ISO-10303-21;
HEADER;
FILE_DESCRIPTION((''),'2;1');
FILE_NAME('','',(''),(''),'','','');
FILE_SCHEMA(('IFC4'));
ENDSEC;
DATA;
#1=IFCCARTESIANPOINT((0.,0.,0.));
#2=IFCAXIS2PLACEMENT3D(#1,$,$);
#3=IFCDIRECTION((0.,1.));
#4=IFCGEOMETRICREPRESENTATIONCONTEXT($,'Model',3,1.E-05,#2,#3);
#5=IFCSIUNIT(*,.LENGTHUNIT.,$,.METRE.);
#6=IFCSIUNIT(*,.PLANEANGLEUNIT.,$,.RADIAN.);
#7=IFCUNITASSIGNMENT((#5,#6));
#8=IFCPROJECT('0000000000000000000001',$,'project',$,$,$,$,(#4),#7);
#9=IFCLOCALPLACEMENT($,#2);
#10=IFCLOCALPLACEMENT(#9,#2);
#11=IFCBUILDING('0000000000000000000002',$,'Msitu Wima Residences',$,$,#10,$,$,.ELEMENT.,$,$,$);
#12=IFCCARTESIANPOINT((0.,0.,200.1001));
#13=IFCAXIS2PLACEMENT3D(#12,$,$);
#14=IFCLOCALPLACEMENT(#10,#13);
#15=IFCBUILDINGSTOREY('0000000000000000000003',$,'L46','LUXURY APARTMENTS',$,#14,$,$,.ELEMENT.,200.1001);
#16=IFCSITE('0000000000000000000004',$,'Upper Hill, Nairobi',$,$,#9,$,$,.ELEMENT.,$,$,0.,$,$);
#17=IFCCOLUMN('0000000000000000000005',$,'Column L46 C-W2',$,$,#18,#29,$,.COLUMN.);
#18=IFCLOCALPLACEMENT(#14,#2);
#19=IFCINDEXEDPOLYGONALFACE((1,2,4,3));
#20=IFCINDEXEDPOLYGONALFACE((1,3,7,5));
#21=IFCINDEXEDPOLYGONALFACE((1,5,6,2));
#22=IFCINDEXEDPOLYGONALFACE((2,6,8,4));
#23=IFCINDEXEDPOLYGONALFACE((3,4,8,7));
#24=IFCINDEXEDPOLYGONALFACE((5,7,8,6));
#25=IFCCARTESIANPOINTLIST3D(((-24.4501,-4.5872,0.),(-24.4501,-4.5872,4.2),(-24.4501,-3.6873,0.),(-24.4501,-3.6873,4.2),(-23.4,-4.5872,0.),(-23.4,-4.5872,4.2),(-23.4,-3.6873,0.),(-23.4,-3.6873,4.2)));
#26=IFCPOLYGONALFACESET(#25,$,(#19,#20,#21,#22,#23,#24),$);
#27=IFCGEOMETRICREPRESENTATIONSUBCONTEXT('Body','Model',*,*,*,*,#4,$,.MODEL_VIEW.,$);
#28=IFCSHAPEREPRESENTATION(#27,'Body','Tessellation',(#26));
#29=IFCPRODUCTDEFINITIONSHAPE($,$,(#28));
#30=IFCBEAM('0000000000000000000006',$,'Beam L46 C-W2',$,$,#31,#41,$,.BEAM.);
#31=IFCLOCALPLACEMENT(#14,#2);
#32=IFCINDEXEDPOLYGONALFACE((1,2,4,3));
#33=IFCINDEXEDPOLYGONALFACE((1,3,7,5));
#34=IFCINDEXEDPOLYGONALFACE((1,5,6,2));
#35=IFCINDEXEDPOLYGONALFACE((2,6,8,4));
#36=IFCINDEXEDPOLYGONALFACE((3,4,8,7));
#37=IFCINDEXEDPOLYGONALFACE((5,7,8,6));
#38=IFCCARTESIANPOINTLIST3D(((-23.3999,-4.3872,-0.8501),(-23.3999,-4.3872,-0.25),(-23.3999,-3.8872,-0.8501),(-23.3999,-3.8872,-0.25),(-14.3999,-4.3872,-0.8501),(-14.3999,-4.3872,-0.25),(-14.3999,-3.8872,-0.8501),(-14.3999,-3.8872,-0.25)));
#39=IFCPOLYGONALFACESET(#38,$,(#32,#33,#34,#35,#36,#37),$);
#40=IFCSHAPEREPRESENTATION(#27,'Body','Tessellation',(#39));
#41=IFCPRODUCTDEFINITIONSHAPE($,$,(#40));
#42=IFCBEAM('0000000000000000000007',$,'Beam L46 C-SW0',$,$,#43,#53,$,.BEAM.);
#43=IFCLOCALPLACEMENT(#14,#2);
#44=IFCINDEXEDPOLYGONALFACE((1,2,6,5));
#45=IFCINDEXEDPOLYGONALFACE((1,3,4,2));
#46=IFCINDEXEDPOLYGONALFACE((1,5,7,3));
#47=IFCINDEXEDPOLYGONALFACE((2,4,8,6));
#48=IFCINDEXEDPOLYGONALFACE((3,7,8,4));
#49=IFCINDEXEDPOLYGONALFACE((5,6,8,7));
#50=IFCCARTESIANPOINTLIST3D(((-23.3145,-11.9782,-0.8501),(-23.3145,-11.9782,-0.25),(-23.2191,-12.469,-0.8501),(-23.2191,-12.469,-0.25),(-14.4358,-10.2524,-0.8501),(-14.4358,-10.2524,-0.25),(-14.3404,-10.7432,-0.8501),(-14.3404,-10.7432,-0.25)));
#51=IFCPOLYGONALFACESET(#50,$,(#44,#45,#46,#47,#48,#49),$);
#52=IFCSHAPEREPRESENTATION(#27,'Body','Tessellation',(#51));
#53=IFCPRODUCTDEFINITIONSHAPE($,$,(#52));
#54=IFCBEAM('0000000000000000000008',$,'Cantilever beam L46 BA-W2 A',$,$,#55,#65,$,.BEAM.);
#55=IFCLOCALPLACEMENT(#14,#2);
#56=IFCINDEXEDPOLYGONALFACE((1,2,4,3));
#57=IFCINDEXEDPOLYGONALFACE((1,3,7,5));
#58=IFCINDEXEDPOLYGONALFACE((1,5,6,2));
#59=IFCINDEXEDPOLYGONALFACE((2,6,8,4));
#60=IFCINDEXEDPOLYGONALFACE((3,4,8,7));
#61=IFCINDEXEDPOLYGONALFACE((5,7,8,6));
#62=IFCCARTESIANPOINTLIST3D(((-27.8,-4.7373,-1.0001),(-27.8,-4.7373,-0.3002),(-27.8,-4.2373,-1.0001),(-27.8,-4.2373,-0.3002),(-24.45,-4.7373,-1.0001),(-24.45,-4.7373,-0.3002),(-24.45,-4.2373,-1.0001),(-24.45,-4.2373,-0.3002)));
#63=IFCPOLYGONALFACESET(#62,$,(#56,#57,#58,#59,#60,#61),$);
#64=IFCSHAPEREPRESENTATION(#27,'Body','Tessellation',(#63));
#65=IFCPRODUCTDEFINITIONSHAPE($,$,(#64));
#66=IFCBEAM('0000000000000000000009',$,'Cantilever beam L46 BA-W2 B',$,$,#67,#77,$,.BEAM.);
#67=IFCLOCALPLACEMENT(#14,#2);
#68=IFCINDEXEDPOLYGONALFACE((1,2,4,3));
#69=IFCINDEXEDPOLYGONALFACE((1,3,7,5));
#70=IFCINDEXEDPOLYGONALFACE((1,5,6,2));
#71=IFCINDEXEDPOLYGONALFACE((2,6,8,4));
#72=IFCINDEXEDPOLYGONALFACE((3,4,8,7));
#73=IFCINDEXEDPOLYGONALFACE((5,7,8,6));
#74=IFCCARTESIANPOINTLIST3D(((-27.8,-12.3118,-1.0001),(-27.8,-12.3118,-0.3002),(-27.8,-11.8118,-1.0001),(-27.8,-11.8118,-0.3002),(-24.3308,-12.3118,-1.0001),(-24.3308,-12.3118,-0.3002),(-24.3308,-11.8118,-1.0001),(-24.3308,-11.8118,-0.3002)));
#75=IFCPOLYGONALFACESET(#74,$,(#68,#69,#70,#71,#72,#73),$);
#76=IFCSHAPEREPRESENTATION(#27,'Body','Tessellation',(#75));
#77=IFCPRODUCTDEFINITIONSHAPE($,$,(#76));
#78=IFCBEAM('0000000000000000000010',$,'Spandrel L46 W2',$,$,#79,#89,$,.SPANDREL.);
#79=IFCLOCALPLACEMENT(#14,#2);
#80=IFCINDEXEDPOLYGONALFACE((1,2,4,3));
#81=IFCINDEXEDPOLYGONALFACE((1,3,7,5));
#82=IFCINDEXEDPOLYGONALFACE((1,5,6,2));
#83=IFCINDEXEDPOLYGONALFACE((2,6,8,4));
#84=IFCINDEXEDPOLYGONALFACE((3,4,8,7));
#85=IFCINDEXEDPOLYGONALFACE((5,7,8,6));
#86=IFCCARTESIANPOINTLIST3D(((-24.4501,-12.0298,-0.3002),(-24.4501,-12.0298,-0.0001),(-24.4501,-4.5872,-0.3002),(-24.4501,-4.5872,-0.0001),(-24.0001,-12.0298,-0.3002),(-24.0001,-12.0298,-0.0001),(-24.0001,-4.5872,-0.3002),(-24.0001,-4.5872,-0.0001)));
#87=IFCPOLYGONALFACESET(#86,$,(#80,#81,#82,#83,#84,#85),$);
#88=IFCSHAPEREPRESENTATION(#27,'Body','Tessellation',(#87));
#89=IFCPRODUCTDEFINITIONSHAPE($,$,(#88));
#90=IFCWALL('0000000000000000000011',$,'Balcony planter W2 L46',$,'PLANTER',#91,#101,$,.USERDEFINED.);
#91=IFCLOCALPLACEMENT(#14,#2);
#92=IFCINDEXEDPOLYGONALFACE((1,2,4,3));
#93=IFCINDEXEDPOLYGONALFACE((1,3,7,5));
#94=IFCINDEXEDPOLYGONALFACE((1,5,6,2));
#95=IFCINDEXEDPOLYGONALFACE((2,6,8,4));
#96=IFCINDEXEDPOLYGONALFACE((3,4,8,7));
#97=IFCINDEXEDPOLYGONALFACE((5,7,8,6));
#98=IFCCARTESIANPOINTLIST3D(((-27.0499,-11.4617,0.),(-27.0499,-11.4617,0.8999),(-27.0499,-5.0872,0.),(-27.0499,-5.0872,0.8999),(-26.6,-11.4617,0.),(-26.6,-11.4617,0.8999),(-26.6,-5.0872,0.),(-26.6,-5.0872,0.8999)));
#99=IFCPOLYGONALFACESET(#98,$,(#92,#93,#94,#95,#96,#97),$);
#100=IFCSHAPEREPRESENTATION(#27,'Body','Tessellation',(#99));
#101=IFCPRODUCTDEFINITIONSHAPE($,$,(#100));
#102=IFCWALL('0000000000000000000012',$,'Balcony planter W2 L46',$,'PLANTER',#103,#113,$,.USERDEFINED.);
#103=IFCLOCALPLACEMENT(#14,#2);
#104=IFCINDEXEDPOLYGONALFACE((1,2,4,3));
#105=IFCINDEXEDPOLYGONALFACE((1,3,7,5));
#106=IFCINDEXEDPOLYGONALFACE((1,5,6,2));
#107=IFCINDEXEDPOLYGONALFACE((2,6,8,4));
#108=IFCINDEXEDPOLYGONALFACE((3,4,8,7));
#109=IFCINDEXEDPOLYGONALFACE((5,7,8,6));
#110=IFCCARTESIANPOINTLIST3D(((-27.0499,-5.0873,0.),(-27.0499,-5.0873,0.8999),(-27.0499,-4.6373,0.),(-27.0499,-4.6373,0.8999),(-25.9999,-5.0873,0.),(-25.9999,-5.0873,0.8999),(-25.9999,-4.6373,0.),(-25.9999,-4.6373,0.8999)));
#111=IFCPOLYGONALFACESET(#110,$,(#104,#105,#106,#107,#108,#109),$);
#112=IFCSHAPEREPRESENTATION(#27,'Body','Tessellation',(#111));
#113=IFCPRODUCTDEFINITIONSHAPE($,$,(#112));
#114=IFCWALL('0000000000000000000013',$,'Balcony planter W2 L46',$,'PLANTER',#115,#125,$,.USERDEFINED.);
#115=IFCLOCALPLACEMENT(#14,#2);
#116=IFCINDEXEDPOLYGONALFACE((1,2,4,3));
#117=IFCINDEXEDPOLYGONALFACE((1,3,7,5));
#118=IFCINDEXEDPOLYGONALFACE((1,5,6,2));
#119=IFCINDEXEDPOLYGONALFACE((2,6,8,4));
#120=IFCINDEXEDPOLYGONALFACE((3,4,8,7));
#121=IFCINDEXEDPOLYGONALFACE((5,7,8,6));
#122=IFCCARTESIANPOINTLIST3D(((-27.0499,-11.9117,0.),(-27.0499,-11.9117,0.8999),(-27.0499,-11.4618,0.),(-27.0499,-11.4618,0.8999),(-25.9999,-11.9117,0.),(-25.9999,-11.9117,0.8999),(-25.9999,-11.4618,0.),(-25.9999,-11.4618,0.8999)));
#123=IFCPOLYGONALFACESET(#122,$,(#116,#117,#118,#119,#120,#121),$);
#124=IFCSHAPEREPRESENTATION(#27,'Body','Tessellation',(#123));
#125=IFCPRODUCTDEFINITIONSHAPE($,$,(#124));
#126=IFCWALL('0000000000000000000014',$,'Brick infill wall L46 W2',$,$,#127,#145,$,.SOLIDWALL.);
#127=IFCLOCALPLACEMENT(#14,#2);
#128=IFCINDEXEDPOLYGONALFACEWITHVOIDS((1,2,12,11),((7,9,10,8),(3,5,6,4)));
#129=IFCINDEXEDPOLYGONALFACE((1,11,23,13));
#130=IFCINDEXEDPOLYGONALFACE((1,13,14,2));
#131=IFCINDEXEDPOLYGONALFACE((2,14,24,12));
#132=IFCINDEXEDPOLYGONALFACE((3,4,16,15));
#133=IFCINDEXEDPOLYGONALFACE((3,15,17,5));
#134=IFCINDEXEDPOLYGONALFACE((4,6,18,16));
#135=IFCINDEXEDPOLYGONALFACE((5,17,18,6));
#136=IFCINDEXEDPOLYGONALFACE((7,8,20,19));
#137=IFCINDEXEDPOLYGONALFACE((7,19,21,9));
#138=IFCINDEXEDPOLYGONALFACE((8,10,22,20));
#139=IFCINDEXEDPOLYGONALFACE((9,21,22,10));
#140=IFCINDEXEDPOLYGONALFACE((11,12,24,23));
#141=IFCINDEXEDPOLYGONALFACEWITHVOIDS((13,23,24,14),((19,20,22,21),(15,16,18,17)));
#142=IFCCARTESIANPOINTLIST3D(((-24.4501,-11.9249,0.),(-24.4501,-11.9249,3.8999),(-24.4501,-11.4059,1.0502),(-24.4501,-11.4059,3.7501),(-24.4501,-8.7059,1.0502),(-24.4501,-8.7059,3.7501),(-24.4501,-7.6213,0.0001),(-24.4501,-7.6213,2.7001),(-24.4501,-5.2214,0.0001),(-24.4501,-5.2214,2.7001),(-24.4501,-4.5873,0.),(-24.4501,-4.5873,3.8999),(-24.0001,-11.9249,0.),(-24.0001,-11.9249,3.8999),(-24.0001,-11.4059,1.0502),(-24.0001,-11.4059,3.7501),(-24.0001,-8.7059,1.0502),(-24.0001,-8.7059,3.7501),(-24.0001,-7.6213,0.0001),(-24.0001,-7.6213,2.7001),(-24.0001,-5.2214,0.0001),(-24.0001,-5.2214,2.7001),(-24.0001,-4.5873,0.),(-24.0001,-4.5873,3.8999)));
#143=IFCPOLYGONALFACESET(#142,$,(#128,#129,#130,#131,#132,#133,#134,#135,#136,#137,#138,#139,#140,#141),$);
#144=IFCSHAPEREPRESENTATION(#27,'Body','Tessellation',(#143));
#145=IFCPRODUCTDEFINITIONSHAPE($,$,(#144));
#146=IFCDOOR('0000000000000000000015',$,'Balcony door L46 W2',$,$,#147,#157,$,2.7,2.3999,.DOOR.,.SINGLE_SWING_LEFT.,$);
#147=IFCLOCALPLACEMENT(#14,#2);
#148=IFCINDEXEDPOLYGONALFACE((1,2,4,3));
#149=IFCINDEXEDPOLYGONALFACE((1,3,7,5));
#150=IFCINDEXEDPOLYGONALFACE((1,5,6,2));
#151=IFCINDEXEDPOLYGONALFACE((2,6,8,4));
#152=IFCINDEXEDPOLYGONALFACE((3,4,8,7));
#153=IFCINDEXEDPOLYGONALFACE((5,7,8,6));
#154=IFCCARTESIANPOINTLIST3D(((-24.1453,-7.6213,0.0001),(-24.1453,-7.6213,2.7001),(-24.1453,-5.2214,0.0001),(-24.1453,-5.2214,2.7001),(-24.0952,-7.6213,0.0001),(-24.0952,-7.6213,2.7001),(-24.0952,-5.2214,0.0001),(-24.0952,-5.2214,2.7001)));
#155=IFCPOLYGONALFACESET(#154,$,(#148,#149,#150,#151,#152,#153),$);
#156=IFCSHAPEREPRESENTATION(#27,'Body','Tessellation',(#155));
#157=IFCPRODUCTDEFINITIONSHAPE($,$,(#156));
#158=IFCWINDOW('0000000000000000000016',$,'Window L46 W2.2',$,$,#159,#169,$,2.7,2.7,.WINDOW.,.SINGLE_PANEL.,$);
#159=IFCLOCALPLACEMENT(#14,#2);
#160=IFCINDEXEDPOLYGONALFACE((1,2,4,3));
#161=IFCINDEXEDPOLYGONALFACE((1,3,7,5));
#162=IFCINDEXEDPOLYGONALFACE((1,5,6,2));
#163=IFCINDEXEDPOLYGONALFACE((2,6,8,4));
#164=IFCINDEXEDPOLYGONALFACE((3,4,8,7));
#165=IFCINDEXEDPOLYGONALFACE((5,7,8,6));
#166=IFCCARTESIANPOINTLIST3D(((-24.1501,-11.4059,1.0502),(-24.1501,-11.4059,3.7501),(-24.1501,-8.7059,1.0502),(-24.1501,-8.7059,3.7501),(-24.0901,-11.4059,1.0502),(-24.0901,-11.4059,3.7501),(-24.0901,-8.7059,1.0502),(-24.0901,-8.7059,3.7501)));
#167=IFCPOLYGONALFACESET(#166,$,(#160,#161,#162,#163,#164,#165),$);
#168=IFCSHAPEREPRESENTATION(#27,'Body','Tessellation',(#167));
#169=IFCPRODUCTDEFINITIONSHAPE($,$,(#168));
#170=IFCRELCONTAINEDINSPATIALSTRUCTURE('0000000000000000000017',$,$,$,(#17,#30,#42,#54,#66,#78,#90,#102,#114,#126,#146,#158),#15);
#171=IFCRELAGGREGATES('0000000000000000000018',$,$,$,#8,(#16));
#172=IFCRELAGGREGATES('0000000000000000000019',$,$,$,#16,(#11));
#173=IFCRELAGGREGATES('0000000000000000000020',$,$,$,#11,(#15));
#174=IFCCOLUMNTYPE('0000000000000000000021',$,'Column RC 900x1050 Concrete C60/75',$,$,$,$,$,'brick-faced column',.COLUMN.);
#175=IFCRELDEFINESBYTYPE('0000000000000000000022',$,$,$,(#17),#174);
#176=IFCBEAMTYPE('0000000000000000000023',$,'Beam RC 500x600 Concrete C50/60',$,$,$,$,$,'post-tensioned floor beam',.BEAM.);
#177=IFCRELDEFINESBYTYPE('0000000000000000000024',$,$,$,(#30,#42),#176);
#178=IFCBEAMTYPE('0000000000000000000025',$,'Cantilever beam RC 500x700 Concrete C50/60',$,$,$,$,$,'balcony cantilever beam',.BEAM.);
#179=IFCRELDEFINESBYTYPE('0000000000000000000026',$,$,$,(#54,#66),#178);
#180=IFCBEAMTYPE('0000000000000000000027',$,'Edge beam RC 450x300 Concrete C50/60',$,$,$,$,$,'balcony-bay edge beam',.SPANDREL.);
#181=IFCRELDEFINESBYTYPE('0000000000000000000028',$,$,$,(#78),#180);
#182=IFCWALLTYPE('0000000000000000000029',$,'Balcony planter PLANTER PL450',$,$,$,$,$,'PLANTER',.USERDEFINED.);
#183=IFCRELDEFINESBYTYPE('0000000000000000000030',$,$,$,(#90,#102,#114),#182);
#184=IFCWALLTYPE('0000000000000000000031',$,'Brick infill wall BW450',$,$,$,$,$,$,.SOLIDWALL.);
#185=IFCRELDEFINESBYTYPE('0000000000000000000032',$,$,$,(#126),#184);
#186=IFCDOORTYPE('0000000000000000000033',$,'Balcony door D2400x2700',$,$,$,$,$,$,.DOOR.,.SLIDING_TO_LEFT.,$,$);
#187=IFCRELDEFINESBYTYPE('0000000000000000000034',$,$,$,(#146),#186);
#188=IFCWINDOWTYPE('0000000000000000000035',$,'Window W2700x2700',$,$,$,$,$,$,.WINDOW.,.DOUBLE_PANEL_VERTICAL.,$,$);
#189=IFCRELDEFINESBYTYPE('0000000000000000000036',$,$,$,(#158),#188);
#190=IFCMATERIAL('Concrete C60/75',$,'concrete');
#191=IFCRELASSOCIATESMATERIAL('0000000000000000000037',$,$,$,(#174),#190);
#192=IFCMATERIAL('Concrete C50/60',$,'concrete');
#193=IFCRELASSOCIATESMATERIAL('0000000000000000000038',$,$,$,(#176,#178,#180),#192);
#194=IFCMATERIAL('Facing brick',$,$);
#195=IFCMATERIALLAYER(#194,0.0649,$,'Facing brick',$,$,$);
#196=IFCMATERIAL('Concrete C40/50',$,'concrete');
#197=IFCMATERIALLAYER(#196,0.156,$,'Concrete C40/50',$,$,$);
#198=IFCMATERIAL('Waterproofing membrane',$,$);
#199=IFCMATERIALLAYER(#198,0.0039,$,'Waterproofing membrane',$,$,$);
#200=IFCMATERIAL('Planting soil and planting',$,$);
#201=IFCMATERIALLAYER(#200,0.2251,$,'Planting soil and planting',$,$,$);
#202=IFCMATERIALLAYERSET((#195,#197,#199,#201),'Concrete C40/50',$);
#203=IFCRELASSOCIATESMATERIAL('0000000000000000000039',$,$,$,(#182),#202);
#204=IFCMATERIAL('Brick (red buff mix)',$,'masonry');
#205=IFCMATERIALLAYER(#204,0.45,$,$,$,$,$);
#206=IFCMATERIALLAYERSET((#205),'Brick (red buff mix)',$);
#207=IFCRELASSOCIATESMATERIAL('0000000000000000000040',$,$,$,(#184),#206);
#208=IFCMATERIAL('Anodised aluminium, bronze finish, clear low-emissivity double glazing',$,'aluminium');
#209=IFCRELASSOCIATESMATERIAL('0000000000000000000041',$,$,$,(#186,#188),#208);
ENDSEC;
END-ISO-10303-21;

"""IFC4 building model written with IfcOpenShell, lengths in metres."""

from ifc_helpers import new_model, si_unit, direction, frame, frame_2d, origin, origin_2d, place, context, subcontext, project, spatial, rectangle, extrude, material, layer, layer_set, material_profile, profile_set, type_object, element, fill, save


model = new_model("IFC4")

# Units and contexts
model_context = context("Model", 3, precision=1e-05, world=origin(), true_north=direction((0.0, 1.0)))
body_context = subcontext(model_context, "Body", "Model", "MODEL_VIEW")
ifc_project = project(units=[si_unit("LENGTHUNIT", "METRE"), si_unit("PLANEANGLEUNIT", "RADIAN")], contexts=[model_context])

# Site, building, storey
site_placement = place(None, origin())
site = spatial("IfcSite", under=ifc_project, at=site_placement, Name="Upper Hill, Nairobi", CompositionType="ELEMENT", RefElevation=0.0)
building_placement = place(site_placement, origin())
building = spatial("IfcBuilding", under=site, at=building_placement, Name="Msitu Wima Residences", CompositionType="ELEMENT")
storey_placement = place(building_placement, frame((0.0, 0.0, 200.1001)))
storey = spatial("IfcBuildingStorey", under=building, at=storey_placement, Name="L46", Description="LUXURY APARTMENTS", CompositionType="ELEMENT", Elevation=200.1001)

# Column
ifc_material_1 = material(Name="Concrete C60/75", Category="concrete")
ifc_material_profile_1 = material_profile(ifc_material_1, rectangle(XDim=0.8999, YDim=1.05, at=origin_2d()), Name="RC 900x1050")
ifc_profile_set_1 = profile_set([ifc_material_profile_1], Name="Concrete C60/75")
column_type = type_object("IfcColumnType", Name="Column RC 900x1050 Concrete C60/75", ElementType="brick-faced column", PredefinedType="COLUMN", material=ifc_profile_set_1)
column_placement = place(storey_placement, frame((-23.925, -4.1372, 0.0), z_axis=(0.0, 0.0, 1.0), x_axis=(0.0, -1.0, 0.0)))
element("IfcColumn", 1, at=column_placement, inside=storey, type_object=column_type, Name="Column L46 C-W2", PredefinedType="COLUMN", context=body_context, shape_type="SweptSolid", body=[
    extrude(rectangle(XDim=0.8999, YDim=1.05, at=origin_2d()), origin(), (0.0, 0.0, 1.0), 4.2),
])

# Beams
ifc_material_2 = material(Name="Concrete C50/60", Category="concrete")
ifc_material_profile_2 = material_profile(ifc_material_2, rectangle(XDim=0.5, YDim=0.6001, at=origin_2d()), Name="RC 500x600")
ifc_profile_set_2 = profile_set([ifc_material_profile_2], Name="Concrete C50/60")
beam_type_1 = type_object("IfcBeamType", Name="Beam RC 500x600 Concrete C50/60", ElementType="post-tensioned floor beam", PredefinedType="BEAM", material=ifc_profile_set_2)
beam_1_placement = place(storey_placement, frame((-23.3999, -4.1372, -0.55), z_axis=(1.0, 0.0, 0.0), x_axis=(0.0, 1.0, 0.0)))
element("IfcBeam", 2, at=beam_1_placement, inside=storey, type_object=beam_type_1, Name="Beam L46 C-W2", PredefinedType="BEAM", context=body_context, shape_type="SweptSolid", body=[
    extrude(rectangle(XDim=0.5, YDim=0.6001, at=origin_2d()), origin(), (0.0, 0.0, 1.0), 9.0),
])
beam_2_placement = place(storey_placement, frame((-23.2668, -12.2236, -0.55), z_axis=(0.981627, 0.190808, 0.0), x_axis=(-0.190808, 0.981627, 0.0)))
element("IfcBeam", 3, at=beam_2_placement, inside=storey, type_object=beam_type_1, Name="Beam L46 C-SW0", PredefinedType="BEAM", context=body_context, shape_type="SweptSolid", body=[
    extrude(rectangle(XDim=0.5, YDim=0.6001, at=origin_2d()), origin(), (0.0, 0.0, 1.0), 9.0449),
])
ifc_material_profile_3 = material_profile(ifc_material_2, rectangle(XDim=0.5, YDim=0.7, at=origin_2d()), Name="RC 500x700")
ifc_profile_set_3 = profile_set([ifc_material_profile_3], Name="Concrete C50/60")
beam_type_2 = type_object("IfcBeamType", Name="Cantilever beam RC 500x700 Concrete C50/60", ElementType="balcony cantilever beam", PredefinedType="BEAM", material=ifc_profile_set_3)
beam_3_placement = place(storey_placement, frame((-24.45, -4.4873, -0.6501), z_axis=(-1.0, 0.0, 0.0), x_axis=(0.0, -1.0, 0.0)))
element("IfcBeam", 4, at=beam_3_placement, inside=storey, type_object=beam_type_2, Name="Cantilever beam L46 BA-W2 A", PredefinedType="BEAM", context=body_context, shape_type="SweptSolid", body=[
    extrude(rectangle(XDim=0.5, YDim=0.7, at=origin_2d()), origin(), (0.0, 0.0, 1.0), 3.3501),
])
beam_4_placement = place(storey_placement, frame((-24.3308, -12.0618, -0.6501), z_axis=(-1.0, 0.0, 0.0), x_axis=(0.0, -1.0, 0.0)))
element("IfcBeam", 5, at=beam_4_placement, inside=storey, type_object=beam_type_2, Name="Cantilever beam L46 BA-W2 B", PredefinedType="BEAM", context=body_context, shape_type="SweptSolid", body=[
    extrude(rectangle(XDim=0.5, YDim=0.7, at=origin_2d()), origin(), (0.0, 0.0, 1.0), 3.4692),
])
ifc_material_profile_4 = material_profile(ifc_material_2, rectangle(XDim=0.45, YDim=0.3, at=origin_2d()), Name="RC 450x300")
ifc_profile_set_4 = profile_set([ifc_material_profile_4], Name="Concrete C50/60")
beam_type_3 = type_object("IfcBeamType", Name="Edge beam RC 450x300 Concrete C50/60", ElementType="balcony-bay edge beam", PredefinedType="SPANDREL", material=ifc_profile_set_4)
beam_5_placement = place(storey_placement, frame((-24.2251, -4.5872, -0.1501), z_axis=(0.0, -1.0, 0.0), x_axis=(1.0, 0.0, 0.0)))
element("IfcBeam", 6, at=beam_5_placement, inside=storey, type_object=beam_type_3, Name="Spandrel L46 W2", PredefinedType="SPANDREL", context=body_context, shape_type="SweptSolid", body=[
    extrude(rectangle(XDim=0.45, YDim=0.3, at=origin_2d()), origin(), (0.0, 0.0, 1.0), 7.4426),
])

# Walls
ifc_material_3 = material(Name="Facing brick")
ifc_layer_1 = layer(ifc_material_3, 0.0649, Name="Facing brick")
ifc_material_4 = material(Name="Concrete C40/50", Category="concrete")
ifc_layer_2 = layer(ifc_material_4, 0.156, Name="Concrete C40/50")
ifc_material_5 = material(Name="Waterproofing membrane")
ifc_layer_3 = layer(ifc_material_5, 0.0039, Name="Waterproofing membrane")
ifc_material_6 = material(Name="Planting soil and planting")
ifc_layer_4 = layer(ifc_material_6, 0.2251, Name="Planting soil and planting")
ifc_layer_set_1 = layer_set([ifc_layer_1, ifc_layer_2, ifc_layer_3, ifc_layer_4], Name="Concrete C40/50")
wall_type_1 = type_object("IfcWallType", Name="Balcony planter PLANTER PL450", ElementType="PLANTER", PredefinedType="USERDEFINED", material=ifc_layer_set_1)
wall_1_placement = place(storey_placement, frame((-26.825, -5.0872, 0.0), z_axis=(0.0, 0.0, 1.0), x_axis=(0.0, -1.0, 0.0)))
element("IfcWall", 7, at=wall_1_placement, inside=storey, type_object=wall_type_1, Name="Balcony planter W2 L46", ObjectType="PLANTER", PredefinedType="USERDEFINED", context=body_context, shape_type="SweptSolid", body=[
    extrude(rectangle(XDim=6.3745, YDim=0.45, at=frame_2d((3.1873, 0.0))), origin(), (0.0, 0.0, 1.0), 0.8999),
])
for number, where, z_axis, x_axis, name in (
    (8, (-26.0, -4.8623, 0.0), (0.0, 0.0, 1.0), (-1.0, 0.0, 0.0), "Balcony planter W2 L46"),
    (9, (-26.0, -11.6868, 0.0), (0.0, 0.0, 1.0), (-1.0, 0.0, 0.0), "Balcony planter W2 L46"),
):
    element("IfcWall", number, at=place(storey_placement, frame(where, z_axis=z_axis, x_axis=x_axis)), inside=storey, type_object=wall_type_1, Name=name, ObjectType="PLANTER", PredefinedType="USERDEFINED", context=body_context, shape_type="SweptSolid", body=[
        extrude(rectangle(XDim=1.05, YDim=0.45, at=frame_2d((0.5249, 0.0))), origin(), (0.0, 0.0, 1.0), 0.8999),
    ])

# Wall, openings, door, window
ifc_material_7 = material(Name="Brick (red buff mix)", Category="masonry")
ifc_layer_5 = layer(ifc_material_7, 0.45)
ifc_layer_set_2 = layer_set([ifc_layer_5], Name="Brick (red buff mix)")
wall_type_2 = type_object("IfcWallType", Name="Brick infill wall BW450", PredefinedType="SOLIDWALL", material=ifc_layer_set_2)
wall_2_placement = place(storey_placement, frame((-24.2251, -4.5872, 0.0), z_axis=(0.0, 0.0, 1.0), x_axis=(0.0, -1.0, 0.0)))
wall_2 = element("IfcWall", 10, at=wall_2_placement, inside=storey, type_object=wall_type_2, Name="Brick infill wall L46 W2", PredefinedType="SOLIDWALL", context=body_context, shape_type="SweptSolid", body=[
    extrude(rectangle(XDim=7.3376, YDim=0.45, at=frame_2d((3.6689, 0.0))), origin(), (0.0, 0.0, 1.0), 3.8999),
])
opening_1_placement = place(wall_2_placement, frame((0.6343, 0.0, 0.0)))
opening_1 = element("IfcOpeningElement", 11, at=opening_1_placement, cuts=wall_2, PredefinedType="OPENING", context=body_context, shape_type="SweptSolid", body=[
    extrude(rectangle(XDim=2.3999, YDim=2.7, at=frame_2d((1.2, 1.3501))), frame((0.0, 0.2349, 0.0), z_axis=(0.0, -1.0, 0.0), x_axis=(1.0, 0.0, 0.0)), (0.0, 0.0, 1.0), 0.47),
])
opening_2_placement = place(wall_2_placement, frame((4.1187, 0.0, 1.05)))
opening_2 = element("IfcOpeningElement", 12, at=opening_2_placement, cuts=wall_2, PredefinedType="OPENING", context=body_context, shape_type="SweptSolid", body=[
    extrude(rectangle(XDim=2.7, YDim=2.7, at=frame_2d((1.3501, 1.3501))), frame((0.0, 0.2349, 0.0), z_axis=(0.0, -1.0, 0.0), x_axis=(1.0, 0.0, 0.0)), (0.0, 0.0, 1.0), 0.47),
])
ifc_material_8 = material(Name="Anodised aluminium, bronze finish, clear low-emissivity double glazing", Category="aluminium")
door_type_1 = type_object("IfcDoorType", Name="Balcony door D2400x2700", OperationType="SLIDING_TO_LEFT", PredefinedType="DOOR", material=ifc_material_8)
door_1_placement = place(opening_1_placement, origin())
door_1 = element("IfcDoor", 13, at=door_1_placement, inside=storey, type_object=door_type_1, Name="Balcony door L46 W2", OperationType="SINGLE_SWING_LEFT", OverallHeight=2.7, OverallWidth=2.3999, PredefinedType="DOOR", context=body_context, shape_type="SweptSolid", body=[
    extrude(rectangle(XDim=2.3999, YDim=2.7, at=frame_2d((1.2, 1.3501))), frame((0.0, 0.1299, 0.0), z_axis=(0.0, -1.0, 0.0), x_axis=(1.0, 0.0, 0.0)), (0.0, 0.0, 1.0), 0.05),
])
fill(opening_1, door_1)
window_type = type_object("IfcWindowType", Name="Window W2700x2700", PartitioningType="DOUBLE_PANEL_VERTICAL", PredefinedType="WINDOW", material=ifc_material_8)
window_placement = place(opening_2_placement, origin())
window = element("IfcWindow", 14, at=window_placement, inside=storey, type_object=window_type, Name="Window L46 W2.2", OverallHeight=2.7, OverallWidth=2.7, PartitioningType="SINGLE_PANEL", PredefinedType="WINDOW", context=body_context, shape_type="SweptSolid", body=[
    extrude(rectangle(XDim=2.7, YDim=2.7, at=frame_2d((1.3501, 1.3501))), frame((0.0, 0.135, 0.0), z_axis=(0.0, -1.0, 0.0), x_axis=(1.0, 0.0, 0.0)), (0.0, 0.0, 1.0), 0.0601),
])
fill(opening_2, window)

save(model, "model.ifc")
